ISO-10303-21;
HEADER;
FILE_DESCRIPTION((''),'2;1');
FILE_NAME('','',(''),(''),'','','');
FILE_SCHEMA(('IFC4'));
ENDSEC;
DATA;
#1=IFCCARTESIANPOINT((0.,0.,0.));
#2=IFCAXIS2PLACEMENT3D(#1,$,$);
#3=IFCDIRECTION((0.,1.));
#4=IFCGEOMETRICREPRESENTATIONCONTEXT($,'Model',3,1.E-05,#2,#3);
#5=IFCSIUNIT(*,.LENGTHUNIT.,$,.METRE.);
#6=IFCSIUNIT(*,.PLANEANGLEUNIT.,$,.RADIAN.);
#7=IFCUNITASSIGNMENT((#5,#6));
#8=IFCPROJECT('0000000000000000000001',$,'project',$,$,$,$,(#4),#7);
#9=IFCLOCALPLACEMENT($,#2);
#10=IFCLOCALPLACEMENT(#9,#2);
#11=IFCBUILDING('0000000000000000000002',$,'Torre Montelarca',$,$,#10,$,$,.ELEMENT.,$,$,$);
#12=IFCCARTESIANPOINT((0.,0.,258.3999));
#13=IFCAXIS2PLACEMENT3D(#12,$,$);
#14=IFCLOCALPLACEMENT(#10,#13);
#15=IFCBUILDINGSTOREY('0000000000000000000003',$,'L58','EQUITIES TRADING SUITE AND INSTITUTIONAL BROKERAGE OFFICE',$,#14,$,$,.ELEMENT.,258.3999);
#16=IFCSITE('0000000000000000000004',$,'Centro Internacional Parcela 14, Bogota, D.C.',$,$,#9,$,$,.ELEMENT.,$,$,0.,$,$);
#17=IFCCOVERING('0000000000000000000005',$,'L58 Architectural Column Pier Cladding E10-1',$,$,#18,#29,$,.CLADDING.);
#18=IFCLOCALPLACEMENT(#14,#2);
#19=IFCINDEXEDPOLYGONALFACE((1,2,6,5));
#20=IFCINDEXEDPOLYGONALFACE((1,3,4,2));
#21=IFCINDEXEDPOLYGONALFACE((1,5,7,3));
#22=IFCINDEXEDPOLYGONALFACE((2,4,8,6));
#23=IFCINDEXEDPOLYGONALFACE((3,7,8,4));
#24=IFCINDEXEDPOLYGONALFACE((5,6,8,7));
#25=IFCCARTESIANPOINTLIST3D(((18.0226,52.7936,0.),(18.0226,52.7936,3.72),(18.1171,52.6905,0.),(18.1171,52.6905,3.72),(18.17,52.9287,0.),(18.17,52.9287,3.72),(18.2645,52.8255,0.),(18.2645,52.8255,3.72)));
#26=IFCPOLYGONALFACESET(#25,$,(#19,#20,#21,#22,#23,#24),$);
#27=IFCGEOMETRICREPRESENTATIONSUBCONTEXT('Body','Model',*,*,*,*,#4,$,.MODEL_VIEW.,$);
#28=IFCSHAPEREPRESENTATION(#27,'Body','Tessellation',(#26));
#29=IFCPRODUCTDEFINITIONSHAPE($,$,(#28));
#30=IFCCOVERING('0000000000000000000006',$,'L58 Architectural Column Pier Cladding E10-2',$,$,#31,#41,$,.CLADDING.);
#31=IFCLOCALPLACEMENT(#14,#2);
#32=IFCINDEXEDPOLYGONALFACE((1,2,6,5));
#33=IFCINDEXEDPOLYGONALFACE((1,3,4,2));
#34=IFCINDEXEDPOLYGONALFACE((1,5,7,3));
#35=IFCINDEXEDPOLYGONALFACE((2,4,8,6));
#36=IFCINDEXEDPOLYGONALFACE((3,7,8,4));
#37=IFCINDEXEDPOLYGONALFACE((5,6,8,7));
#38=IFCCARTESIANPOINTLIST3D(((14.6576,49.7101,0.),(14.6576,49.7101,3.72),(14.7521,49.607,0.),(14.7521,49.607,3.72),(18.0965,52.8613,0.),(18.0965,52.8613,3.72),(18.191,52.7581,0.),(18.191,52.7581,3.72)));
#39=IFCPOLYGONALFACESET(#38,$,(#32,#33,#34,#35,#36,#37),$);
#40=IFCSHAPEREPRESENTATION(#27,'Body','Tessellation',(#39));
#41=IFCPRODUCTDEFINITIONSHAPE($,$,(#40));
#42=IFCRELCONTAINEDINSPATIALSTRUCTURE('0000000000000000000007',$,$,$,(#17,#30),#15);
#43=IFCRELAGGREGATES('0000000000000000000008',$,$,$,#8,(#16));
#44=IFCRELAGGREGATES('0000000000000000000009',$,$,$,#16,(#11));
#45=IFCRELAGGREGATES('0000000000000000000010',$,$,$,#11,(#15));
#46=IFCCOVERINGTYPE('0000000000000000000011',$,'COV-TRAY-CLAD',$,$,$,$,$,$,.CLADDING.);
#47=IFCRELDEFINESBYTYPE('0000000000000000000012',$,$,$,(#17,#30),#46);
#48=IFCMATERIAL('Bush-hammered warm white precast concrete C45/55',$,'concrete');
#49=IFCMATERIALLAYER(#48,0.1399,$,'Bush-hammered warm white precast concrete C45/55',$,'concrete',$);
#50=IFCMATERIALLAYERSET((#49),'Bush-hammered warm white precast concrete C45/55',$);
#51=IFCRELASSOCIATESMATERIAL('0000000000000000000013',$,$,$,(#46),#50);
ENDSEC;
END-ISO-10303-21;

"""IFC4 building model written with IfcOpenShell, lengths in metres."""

from ifc_helpers import new_model, si_unit, direction, frame, origin, origin_2d, place, context, subcontext, project, spatial, rectangle, extrude, source, transform, mapped, material, layer, layer_set, type_object, element, save


model = new_model("IFC4")

# Units and contexts
model_context = context("Model", 3, precision=1e-05, world=origin(), true_north=direction((0.0, 1.0)))
body_context = subcontext(model_context, "Body", "Model", "MODEL_VIEW")
ifc_project = project(units=[si_unit("LENGTHUNIT", "METRE"), si_unit("PLANEANGLEUNIT", "RADIAN")], contexts=[model_context])

# Site, building, storey
site_placement = place(None, origin())
site = spatial("IfcSite", under=ifc_project, at=site_placement, Name="Centro Internacional Parcela 14, Bogota, D.C.", CompositionType="ELEMENT", RefElevation=0.0)
building_placement = place(site_placement, origin())
building = spatial("IfcBuilding", under=site, at=building_placement, Name="Torre Montelarca", CompositionType="ELEMENT")
storey_placement = place(building_placement, frame((0.0, 0.0, 258.3999)))
storey = spatial("IfcBuildingStorey", under=building, at=storey_placement, Name="L58", Description="EQUITIES TRADING SUITE AND INSTITUTIONAL BROKERAGE OFFICE", CompositionType="ELEMENT", Elevation=258.3999)

# Coverings
ifc_material_1 = material(Name="Bush-hammered warm white precast concrete C45/55", Category="concrete")
ifc_layer_1 = layer(ifc_material_1, 0.1399, Name="Bush-hammered warm white precast concrete C45/55", Category="concrete")
ifc_layer_set_1 = layer_set([ifc_layer_1], Name="Bush-hammered warm white precast concrete C45/55")
covering_type = type_object("IfcCoveringType", Name="COV-TRAY-CLAD", PredefinedType="CLADDING", material=ifc_layer_set_1)
shared_shape_1 = source(origin(), body_context, "Body", "SweptSolid", [
    extrude(rectangle(XDim=0.2, YDim=0.1399, at=origin_2d()), origin(), (0.0, 0.0, 1.0), 3.72),
])
for number, where, z_axis, x_axis, name in (
    (1, (18.1436, 52.8096, 0.0), (0.0, 0.0, 1.0), (-0.737276, -0.675591, 0.0), "L58 Architectural Column Pier Cladding E10-1"),
):
    element("IfcCovering", number, at=place(storey_placement, frame(where, z_axis=z_axis, x_axis=x_axis)), inside=storey, type_object=covering_type, Name=name, PredefinedType="CLADDING", context=body_context, shape_type="MappedRepresentation", body=[
        mapped(shared_shape_1, transform((0.0, 0.0, 0.0), scale=1.0)),
    ])
shared_shape_2 = source(origin(), body_context, "Body", "SweptSolid", [
    extrude(rectangle(XDim=4.6643, YDim=0.1399, at=origin_2d()), origin(), (0.0, 0.0, 1.0), 3.72),
])
covering_1_placement = place(storey_placement, frame((16.4243, 51.2341, 0.0), z_axis=(0.0, 0.0, 1.0), x_axis=(-0.737276, -0.675591, 0.0)))
element("IfcCovering", 2, at=covering_1_placement, inside=storey, type_object=covering_type, Name="L58 Architectural Column Pier Cladding E10-2", PredefinedType="CLADDING", context=body_context, shape_type="MappedRepresentation", body=[
    mapped(shared_shape_2, transform((0.0, 0.0, 0.0), scale=1.0)),
])

save(model, "model.ifc")
